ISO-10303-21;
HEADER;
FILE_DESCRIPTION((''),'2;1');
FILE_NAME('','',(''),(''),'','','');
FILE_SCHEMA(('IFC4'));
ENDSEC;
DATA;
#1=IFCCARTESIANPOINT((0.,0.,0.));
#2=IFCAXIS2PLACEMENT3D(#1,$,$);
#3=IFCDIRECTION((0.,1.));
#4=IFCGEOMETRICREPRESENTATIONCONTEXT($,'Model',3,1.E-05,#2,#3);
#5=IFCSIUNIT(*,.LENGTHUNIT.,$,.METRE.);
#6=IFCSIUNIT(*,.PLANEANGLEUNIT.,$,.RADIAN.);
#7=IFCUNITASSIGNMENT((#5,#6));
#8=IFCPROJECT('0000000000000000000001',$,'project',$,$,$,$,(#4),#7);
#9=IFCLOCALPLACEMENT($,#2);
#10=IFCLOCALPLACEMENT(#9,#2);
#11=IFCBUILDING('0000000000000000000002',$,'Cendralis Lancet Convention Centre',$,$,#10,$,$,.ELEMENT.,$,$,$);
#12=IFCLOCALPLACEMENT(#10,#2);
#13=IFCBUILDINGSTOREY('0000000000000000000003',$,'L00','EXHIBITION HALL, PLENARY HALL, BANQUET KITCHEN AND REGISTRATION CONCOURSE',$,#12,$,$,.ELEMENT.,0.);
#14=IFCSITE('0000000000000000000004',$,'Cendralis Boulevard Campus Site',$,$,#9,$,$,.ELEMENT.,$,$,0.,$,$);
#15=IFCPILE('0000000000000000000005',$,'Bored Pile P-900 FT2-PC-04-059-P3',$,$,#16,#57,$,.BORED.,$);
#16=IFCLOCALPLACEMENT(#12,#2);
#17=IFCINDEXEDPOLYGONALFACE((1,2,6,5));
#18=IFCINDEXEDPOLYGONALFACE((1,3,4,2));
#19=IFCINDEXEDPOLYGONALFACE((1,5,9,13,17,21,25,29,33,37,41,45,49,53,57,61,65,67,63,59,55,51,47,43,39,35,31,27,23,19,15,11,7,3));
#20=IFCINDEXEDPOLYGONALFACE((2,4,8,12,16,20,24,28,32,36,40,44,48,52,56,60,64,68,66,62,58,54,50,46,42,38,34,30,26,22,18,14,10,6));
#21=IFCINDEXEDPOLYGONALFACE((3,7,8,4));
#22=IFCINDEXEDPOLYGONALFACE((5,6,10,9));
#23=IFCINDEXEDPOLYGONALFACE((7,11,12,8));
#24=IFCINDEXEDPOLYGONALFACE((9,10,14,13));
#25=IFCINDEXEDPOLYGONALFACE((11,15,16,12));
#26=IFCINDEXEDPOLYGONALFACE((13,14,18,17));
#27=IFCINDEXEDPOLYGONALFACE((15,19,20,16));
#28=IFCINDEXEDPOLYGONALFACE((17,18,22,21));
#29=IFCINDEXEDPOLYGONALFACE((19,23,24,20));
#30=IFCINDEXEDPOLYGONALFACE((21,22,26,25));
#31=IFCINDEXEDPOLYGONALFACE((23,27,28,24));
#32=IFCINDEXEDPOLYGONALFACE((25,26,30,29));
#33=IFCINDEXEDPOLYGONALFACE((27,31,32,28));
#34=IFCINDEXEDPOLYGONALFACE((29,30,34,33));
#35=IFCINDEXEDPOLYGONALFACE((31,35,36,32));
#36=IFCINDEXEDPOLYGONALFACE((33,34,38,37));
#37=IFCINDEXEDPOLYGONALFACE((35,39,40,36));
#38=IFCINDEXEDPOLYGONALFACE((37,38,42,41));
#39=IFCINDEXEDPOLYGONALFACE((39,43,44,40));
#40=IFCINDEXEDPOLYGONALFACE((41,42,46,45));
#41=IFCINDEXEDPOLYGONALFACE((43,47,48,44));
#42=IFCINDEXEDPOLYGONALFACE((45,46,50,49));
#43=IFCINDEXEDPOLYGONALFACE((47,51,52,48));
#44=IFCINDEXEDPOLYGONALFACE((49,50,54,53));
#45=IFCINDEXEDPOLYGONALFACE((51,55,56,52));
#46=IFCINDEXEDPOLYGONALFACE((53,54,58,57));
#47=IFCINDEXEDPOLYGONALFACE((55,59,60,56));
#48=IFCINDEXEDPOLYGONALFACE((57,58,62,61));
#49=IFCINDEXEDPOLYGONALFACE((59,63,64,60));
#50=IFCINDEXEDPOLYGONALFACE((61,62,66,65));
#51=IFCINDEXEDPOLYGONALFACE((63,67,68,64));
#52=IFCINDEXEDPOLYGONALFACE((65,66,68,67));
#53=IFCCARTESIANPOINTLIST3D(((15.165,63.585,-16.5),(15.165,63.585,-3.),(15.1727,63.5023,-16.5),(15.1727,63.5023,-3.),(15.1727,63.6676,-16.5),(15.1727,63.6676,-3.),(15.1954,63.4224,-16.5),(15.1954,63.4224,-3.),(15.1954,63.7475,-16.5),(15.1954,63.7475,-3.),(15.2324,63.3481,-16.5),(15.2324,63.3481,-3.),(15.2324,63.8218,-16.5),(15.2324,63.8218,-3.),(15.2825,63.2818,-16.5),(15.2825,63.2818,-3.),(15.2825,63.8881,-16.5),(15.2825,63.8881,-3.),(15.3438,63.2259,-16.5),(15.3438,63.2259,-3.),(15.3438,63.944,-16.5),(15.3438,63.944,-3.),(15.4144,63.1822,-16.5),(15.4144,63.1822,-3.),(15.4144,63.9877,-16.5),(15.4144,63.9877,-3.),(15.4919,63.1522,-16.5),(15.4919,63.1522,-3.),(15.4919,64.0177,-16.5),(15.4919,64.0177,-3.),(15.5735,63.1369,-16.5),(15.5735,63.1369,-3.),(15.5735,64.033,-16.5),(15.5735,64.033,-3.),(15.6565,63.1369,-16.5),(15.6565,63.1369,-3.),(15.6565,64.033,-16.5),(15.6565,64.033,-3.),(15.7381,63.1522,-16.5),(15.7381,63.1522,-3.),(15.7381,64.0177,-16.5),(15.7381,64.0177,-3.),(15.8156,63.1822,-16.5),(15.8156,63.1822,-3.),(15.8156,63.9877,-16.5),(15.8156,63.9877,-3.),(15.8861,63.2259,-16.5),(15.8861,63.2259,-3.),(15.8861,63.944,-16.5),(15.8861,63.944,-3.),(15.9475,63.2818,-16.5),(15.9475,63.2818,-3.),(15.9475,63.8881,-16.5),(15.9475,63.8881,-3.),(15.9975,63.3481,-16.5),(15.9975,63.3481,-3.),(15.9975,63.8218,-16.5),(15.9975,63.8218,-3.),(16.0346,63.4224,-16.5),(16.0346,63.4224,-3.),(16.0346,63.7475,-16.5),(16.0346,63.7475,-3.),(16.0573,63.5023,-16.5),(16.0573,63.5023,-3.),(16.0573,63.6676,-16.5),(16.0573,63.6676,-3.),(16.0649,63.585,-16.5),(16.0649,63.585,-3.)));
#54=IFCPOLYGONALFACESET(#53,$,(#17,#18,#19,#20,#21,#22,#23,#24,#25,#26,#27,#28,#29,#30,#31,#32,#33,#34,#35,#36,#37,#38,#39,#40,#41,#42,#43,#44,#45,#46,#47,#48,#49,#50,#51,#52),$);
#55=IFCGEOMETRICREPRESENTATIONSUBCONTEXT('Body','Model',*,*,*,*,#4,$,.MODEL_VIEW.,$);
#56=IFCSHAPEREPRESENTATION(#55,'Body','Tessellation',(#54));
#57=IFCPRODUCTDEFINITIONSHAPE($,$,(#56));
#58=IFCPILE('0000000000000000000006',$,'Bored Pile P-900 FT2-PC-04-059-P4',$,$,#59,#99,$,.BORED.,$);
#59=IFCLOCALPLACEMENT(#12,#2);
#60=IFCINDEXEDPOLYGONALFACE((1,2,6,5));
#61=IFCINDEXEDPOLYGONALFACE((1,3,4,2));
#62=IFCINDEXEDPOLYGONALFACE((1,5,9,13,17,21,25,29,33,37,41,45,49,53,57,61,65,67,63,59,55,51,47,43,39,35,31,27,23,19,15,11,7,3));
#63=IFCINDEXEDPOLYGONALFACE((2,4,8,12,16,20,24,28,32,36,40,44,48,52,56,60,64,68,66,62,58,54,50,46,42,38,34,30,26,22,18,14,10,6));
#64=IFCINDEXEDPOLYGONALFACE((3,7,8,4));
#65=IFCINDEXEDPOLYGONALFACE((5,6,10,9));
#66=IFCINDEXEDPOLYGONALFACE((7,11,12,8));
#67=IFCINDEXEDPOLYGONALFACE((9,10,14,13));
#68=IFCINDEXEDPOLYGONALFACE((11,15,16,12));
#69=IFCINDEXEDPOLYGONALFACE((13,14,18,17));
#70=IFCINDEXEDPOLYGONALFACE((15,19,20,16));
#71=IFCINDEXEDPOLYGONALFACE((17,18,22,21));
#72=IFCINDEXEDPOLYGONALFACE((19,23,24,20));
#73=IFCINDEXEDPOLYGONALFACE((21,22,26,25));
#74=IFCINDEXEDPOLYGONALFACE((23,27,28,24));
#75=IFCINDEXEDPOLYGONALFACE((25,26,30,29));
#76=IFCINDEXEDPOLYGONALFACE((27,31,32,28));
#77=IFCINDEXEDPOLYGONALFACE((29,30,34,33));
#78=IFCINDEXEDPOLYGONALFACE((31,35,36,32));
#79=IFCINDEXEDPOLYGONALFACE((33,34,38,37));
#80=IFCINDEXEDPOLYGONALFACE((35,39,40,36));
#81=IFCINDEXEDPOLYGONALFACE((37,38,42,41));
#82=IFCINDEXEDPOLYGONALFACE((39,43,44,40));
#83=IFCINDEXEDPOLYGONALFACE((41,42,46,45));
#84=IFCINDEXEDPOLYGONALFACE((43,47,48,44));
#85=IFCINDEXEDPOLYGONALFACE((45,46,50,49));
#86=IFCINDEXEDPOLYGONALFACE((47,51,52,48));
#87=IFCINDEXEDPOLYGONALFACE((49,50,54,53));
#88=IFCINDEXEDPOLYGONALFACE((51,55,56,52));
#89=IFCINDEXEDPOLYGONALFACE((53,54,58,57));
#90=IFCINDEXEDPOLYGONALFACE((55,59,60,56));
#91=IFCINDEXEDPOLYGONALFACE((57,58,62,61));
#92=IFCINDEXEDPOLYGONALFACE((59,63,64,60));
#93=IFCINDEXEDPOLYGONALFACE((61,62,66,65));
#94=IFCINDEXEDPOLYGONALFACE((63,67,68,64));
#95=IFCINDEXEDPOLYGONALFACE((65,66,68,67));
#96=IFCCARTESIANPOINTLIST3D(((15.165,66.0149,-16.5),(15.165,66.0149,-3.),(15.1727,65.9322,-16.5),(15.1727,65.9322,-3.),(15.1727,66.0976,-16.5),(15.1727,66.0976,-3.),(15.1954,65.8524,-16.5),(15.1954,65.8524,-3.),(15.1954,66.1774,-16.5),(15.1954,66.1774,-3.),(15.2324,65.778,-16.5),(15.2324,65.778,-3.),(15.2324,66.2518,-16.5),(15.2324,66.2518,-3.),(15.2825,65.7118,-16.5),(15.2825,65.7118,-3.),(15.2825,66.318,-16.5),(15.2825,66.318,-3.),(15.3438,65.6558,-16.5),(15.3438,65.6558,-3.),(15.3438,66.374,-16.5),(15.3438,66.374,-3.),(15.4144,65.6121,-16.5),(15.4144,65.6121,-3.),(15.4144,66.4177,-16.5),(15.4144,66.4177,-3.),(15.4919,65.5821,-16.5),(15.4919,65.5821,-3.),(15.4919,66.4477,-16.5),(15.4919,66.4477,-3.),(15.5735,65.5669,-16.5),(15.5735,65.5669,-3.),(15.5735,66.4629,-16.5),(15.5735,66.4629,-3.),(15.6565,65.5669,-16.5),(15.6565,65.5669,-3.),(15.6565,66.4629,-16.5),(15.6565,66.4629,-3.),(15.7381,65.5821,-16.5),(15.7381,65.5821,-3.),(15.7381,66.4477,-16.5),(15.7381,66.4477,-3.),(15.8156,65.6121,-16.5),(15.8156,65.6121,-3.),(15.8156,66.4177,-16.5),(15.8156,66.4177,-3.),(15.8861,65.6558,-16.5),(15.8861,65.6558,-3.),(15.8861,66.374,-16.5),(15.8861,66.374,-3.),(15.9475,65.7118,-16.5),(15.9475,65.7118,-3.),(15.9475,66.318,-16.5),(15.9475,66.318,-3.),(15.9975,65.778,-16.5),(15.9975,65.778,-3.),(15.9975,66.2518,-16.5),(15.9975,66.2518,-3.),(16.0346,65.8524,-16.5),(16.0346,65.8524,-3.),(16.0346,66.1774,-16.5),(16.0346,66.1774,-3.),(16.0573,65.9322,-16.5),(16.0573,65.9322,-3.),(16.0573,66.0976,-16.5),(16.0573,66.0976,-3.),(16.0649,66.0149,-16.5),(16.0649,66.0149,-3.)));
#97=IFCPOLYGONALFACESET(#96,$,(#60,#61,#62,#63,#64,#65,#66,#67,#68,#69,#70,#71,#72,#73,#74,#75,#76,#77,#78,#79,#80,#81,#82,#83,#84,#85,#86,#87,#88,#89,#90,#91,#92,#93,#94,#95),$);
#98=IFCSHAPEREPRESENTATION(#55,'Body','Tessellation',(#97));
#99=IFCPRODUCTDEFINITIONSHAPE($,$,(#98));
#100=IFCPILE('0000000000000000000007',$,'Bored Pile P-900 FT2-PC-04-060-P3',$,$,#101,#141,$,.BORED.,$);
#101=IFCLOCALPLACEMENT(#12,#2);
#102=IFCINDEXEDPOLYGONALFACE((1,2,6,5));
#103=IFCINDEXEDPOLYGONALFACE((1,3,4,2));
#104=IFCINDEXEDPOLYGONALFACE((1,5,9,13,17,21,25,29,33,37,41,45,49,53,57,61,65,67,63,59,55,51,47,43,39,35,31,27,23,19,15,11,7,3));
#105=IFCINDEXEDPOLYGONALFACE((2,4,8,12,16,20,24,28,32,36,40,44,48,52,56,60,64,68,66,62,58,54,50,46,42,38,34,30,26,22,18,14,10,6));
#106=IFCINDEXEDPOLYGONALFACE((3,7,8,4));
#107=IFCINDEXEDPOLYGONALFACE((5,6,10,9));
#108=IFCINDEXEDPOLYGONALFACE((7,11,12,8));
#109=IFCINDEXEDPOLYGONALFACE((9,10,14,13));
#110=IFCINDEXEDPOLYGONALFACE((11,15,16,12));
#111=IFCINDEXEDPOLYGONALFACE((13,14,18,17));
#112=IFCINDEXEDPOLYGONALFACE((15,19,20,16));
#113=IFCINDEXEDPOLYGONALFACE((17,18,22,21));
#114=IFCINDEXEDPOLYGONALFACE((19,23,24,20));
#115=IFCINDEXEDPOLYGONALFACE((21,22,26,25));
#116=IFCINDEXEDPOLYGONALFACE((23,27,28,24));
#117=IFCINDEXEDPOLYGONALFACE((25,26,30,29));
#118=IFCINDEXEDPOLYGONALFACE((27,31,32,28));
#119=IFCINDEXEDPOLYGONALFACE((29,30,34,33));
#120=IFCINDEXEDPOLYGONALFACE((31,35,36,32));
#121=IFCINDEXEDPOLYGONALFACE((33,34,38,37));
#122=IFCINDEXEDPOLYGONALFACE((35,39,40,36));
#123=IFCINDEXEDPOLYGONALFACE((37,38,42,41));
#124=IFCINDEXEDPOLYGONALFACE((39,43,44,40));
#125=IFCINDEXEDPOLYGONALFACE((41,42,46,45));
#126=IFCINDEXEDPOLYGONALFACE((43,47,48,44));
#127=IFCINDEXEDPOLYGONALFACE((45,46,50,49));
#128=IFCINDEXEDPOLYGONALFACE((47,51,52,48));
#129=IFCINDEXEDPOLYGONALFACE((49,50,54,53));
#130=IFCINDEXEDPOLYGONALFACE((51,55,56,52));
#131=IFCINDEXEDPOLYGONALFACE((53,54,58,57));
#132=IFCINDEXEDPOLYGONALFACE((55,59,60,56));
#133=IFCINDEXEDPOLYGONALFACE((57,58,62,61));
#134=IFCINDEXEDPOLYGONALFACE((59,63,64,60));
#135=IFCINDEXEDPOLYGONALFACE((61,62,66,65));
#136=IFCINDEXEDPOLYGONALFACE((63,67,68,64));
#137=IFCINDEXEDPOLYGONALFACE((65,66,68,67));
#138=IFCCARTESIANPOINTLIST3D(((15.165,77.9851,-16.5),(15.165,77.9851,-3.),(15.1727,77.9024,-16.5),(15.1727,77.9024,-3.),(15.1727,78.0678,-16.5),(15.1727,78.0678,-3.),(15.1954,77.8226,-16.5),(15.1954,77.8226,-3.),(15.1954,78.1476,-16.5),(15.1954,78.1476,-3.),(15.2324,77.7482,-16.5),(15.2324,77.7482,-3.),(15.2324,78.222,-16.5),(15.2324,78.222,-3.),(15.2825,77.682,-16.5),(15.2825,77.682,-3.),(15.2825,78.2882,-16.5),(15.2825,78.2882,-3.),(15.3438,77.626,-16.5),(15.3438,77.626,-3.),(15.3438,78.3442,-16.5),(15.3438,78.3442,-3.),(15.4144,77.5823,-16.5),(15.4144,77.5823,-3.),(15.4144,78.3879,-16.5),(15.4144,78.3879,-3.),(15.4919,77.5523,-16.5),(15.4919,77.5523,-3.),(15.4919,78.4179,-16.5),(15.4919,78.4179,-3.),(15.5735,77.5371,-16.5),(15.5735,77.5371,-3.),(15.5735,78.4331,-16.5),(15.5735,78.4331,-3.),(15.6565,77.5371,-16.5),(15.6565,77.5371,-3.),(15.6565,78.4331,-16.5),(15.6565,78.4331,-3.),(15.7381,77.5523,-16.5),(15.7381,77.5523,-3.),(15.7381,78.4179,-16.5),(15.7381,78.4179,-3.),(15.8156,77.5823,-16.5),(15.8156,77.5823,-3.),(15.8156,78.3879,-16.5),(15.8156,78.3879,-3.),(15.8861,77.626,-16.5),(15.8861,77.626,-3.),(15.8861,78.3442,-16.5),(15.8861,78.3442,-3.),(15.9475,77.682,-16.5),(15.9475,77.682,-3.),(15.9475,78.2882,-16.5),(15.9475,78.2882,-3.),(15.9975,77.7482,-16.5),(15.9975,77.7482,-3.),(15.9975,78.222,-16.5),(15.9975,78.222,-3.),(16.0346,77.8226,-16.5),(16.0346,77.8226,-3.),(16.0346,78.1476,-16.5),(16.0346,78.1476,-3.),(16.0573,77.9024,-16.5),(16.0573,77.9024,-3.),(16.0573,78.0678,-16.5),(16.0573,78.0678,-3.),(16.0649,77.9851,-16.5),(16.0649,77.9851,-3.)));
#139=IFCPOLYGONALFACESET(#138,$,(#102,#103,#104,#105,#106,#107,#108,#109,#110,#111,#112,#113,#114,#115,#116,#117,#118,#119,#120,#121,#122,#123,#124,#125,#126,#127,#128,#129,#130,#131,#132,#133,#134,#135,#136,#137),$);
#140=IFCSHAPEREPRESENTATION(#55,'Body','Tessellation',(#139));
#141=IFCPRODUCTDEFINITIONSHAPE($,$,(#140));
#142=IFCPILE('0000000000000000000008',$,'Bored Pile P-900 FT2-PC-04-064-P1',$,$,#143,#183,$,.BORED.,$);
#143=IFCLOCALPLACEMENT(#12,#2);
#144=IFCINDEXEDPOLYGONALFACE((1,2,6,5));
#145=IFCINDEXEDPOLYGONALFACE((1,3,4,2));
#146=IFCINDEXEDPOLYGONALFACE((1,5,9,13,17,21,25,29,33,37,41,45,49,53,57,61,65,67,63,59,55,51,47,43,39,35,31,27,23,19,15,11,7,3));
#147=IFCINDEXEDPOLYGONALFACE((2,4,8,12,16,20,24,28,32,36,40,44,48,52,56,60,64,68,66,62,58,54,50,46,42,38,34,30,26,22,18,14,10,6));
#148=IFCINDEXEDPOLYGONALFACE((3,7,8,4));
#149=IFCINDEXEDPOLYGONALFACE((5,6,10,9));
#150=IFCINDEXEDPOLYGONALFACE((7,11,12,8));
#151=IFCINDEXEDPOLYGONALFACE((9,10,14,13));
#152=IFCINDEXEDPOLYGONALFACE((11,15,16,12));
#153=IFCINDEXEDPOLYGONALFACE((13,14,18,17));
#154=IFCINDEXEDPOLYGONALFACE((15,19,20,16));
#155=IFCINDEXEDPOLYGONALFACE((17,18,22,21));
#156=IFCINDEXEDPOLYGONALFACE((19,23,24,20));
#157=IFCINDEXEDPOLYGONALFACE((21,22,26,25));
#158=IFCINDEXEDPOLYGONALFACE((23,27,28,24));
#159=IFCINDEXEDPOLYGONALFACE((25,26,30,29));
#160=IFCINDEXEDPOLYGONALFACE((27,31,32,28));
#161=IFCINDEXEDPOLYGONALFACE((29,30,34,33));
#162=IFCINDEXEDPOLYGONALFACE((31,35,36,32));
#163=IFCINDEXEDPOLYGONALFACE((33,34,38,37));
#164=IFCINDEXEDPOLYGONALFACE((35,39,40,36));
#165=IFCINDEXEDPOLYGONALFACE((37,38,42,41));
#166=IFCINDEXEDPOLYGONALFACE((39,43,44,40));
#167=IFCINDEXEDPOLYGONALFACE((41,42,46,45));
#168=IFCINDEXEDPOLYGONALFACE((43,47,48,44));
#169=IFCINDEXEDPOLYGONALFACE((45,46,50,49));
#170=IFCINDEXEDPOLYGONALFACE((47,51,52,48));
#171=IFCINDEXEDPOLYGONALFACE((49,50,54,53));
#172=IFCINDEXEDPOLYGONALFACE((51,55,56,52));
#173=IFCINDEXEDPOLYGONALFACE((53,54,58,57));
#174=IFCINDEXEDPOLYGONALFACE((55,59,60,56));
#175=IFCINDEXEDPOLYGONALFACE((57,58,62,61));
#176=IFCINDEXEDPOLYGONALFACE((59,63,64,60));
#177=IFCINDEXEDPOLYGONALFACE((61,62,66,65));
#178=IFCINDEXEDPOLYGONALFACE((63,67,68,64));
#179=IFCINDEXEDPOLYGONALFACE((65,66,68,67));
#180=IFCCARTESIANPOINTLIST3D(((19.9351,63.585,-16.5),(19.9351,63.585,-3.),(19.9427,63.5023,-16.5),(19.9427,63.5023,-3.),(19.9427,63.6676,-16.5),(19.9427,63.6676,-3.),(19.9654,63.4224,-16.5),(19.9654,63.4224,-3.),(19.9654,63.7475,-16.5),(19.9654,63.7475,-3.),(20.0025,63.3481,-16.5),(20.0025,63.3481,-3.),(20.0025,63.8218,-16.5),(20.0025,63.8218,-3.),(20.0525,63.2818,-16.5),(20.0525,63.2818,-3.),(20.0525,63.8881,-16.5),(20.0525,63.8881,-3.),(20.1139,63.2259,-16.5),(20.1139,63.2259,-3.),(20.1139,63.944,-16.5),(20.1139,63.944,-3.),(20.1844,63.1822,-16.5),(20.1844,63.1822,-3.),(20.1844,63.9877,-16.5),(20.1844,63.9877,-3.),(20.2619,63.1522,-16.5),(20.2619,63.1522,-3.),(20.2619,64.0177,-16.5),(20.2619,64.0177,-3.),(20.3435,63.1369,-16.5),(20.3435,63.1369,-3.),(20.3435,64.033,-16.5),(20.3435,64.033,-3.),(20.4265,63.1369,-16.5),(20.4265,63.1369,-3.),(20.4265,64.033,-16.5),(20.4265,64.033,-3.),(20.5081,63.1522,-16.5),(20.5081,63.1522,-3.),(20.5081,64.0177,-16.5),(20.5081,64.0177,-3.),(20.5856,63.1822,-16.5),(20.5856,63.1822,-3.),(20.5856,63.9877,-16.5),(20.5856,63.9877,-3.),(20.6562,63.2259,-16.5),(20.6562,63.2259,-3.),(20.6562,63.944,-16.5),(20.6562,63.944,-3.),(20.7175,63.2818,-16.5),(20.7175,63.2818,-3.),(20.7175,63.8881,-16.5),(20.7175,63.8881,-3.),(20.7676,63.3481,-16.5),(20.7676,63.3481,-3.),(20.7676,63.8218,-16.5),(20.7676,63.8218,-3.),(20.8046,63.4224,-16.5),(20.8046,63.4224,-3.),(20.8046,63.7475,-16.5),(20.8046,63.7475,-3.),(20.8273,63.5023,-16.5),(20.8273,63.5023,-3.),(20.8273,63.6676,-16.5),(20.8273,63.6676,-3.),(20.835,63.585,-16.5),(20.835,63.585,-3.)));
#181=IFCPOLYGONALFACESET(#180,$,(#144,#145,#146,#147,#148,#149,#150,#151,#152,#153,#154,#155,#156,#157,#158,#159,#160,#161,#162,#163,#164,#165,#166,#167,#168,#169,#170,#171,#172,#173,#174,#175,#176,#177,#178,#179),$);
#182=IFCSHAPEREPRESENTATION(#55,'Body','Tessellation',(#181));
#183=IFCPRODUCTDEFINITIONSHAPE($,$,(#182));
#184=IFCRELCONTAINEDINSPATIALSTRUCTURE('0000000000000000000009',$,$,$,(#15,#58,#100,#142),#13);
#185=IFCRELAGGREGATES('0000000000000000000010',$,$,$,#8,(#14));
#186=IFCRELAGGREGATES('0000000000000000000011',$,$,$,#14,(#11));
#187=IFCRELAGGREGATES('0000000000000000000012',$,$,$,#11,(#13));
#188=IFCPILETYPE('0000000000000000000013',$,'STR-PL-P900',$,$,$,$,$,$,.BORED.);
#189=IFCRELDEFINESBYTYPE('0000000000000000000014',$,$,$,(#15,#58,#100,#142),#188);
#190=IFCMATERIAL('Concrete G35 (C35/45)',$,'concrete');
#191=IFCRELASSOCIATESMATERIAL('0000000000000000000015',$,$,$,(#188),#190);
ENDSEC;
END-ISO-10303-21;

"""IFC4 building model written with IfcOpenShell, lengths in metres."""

from ifc_helpers import new_model, si_unit, direction, frame, origin, origin_2d, place, context, subcontext, project, spatial, circle, extrude, material, material_profile, profile_set, type_object, element, save


model = new_model("IFC4")

# Units and contexts
model_context = context("Model", 3, precision=1e-05, world=origin(), true_north=direction((0.0, 1.0)))
body_context = subcontext(model_context, "Body", "Model", "MODEL_VIEW")
ifc_project = project(units=[si_unit("LENGTHUNIT", "METRE"), si_unit("PLANEANGLEUNIT", "RADIAN")], contexts=[model_context])

# Site, building, storey
site_placement = place(None, origin())
site = spatial("IfcSite", under=ifc_project, at=site_placement, Name="Cendralis Boulevard Campus Site", CompositionType="ELEMENT", RefElevation=0.0)
building_placement = place(site_placement, origin())
building = spatial("IfcBuilding", under=site, at=building_placement, Name="Cendralis Lancet Convention Centre", CompositionType="ELEMENT")
storey_placement = place(building_placement, origin())
storey = spatial("IfcBuildingStorey", under=building, at=storey_placement, Name="L00", Description="EXHIBITION HALL, PLENARY HALL, BANQUET KITCHEN AND REGISTRATION CONCOURSE", CompositionType="ELEMENT", Elevation=0.0)

# Shared definitions
ifc_material_1 = material(Name="Concrete G35 (C35/45)", Category="concrete")

# Piles
ifc_material_profile_1 = material_profile(ifc_material_1, circle(Radius=0.45, at=origin_2d()), Name="BORED PILE D900")
ifc_profile_set_1 = profile_set([ifc_material_profile_1], Name="Concrete G35 (C35/45)")
pile_type_1 = type_object("IfcPileType", Name="STR-PL-P900", PredefinedType="BORED", material=ifc_profile_set_1)
for number, where, z_axis, x_axis, name in (
    (1, (15.615, 63.585, -3.0), (0.0, 0.0, -1.0), (1.0, 0.0, 0.0), "Bored Pile P-900 FT2-PC-04-059-P3"),
    (2, (15.615, 66.0149, -3.0), (0.0, 0.0, -1.0), (1.0, 0.0, 0.0), "Bored Pile P-900 FT2-PC-04-059-P4"),
    (3, (15.615, 77.9851, -3.0), (0.0, 0.0, -1.0), (1.0, 0.0, 0.0), "Bored Pile P-900 FT2-PC-04-060-P3"),
    (4, (20.385, 63.585, -3.0), (0.0, 0.0, -1.0), (1.0, 0.0, 0.0), "Bored Pile P-900 FT2-PC-04-064-P1"),
):
    element("IfcPile", number, at=place(storey_placement, frame(where, z_axis=z_axis, x_axis=x_axis)), inside=storey, type_object=pile_type_1, Name=name, PredefinedType="BORED", context=body_context, shape_type="SweptSolid", body=[
        extrude(circle(Radius=0.45, at=origin_2d()), origin(), (0.0, 0.0, 1.0), 13.5),
    ])

save(model, "model.ifc")
